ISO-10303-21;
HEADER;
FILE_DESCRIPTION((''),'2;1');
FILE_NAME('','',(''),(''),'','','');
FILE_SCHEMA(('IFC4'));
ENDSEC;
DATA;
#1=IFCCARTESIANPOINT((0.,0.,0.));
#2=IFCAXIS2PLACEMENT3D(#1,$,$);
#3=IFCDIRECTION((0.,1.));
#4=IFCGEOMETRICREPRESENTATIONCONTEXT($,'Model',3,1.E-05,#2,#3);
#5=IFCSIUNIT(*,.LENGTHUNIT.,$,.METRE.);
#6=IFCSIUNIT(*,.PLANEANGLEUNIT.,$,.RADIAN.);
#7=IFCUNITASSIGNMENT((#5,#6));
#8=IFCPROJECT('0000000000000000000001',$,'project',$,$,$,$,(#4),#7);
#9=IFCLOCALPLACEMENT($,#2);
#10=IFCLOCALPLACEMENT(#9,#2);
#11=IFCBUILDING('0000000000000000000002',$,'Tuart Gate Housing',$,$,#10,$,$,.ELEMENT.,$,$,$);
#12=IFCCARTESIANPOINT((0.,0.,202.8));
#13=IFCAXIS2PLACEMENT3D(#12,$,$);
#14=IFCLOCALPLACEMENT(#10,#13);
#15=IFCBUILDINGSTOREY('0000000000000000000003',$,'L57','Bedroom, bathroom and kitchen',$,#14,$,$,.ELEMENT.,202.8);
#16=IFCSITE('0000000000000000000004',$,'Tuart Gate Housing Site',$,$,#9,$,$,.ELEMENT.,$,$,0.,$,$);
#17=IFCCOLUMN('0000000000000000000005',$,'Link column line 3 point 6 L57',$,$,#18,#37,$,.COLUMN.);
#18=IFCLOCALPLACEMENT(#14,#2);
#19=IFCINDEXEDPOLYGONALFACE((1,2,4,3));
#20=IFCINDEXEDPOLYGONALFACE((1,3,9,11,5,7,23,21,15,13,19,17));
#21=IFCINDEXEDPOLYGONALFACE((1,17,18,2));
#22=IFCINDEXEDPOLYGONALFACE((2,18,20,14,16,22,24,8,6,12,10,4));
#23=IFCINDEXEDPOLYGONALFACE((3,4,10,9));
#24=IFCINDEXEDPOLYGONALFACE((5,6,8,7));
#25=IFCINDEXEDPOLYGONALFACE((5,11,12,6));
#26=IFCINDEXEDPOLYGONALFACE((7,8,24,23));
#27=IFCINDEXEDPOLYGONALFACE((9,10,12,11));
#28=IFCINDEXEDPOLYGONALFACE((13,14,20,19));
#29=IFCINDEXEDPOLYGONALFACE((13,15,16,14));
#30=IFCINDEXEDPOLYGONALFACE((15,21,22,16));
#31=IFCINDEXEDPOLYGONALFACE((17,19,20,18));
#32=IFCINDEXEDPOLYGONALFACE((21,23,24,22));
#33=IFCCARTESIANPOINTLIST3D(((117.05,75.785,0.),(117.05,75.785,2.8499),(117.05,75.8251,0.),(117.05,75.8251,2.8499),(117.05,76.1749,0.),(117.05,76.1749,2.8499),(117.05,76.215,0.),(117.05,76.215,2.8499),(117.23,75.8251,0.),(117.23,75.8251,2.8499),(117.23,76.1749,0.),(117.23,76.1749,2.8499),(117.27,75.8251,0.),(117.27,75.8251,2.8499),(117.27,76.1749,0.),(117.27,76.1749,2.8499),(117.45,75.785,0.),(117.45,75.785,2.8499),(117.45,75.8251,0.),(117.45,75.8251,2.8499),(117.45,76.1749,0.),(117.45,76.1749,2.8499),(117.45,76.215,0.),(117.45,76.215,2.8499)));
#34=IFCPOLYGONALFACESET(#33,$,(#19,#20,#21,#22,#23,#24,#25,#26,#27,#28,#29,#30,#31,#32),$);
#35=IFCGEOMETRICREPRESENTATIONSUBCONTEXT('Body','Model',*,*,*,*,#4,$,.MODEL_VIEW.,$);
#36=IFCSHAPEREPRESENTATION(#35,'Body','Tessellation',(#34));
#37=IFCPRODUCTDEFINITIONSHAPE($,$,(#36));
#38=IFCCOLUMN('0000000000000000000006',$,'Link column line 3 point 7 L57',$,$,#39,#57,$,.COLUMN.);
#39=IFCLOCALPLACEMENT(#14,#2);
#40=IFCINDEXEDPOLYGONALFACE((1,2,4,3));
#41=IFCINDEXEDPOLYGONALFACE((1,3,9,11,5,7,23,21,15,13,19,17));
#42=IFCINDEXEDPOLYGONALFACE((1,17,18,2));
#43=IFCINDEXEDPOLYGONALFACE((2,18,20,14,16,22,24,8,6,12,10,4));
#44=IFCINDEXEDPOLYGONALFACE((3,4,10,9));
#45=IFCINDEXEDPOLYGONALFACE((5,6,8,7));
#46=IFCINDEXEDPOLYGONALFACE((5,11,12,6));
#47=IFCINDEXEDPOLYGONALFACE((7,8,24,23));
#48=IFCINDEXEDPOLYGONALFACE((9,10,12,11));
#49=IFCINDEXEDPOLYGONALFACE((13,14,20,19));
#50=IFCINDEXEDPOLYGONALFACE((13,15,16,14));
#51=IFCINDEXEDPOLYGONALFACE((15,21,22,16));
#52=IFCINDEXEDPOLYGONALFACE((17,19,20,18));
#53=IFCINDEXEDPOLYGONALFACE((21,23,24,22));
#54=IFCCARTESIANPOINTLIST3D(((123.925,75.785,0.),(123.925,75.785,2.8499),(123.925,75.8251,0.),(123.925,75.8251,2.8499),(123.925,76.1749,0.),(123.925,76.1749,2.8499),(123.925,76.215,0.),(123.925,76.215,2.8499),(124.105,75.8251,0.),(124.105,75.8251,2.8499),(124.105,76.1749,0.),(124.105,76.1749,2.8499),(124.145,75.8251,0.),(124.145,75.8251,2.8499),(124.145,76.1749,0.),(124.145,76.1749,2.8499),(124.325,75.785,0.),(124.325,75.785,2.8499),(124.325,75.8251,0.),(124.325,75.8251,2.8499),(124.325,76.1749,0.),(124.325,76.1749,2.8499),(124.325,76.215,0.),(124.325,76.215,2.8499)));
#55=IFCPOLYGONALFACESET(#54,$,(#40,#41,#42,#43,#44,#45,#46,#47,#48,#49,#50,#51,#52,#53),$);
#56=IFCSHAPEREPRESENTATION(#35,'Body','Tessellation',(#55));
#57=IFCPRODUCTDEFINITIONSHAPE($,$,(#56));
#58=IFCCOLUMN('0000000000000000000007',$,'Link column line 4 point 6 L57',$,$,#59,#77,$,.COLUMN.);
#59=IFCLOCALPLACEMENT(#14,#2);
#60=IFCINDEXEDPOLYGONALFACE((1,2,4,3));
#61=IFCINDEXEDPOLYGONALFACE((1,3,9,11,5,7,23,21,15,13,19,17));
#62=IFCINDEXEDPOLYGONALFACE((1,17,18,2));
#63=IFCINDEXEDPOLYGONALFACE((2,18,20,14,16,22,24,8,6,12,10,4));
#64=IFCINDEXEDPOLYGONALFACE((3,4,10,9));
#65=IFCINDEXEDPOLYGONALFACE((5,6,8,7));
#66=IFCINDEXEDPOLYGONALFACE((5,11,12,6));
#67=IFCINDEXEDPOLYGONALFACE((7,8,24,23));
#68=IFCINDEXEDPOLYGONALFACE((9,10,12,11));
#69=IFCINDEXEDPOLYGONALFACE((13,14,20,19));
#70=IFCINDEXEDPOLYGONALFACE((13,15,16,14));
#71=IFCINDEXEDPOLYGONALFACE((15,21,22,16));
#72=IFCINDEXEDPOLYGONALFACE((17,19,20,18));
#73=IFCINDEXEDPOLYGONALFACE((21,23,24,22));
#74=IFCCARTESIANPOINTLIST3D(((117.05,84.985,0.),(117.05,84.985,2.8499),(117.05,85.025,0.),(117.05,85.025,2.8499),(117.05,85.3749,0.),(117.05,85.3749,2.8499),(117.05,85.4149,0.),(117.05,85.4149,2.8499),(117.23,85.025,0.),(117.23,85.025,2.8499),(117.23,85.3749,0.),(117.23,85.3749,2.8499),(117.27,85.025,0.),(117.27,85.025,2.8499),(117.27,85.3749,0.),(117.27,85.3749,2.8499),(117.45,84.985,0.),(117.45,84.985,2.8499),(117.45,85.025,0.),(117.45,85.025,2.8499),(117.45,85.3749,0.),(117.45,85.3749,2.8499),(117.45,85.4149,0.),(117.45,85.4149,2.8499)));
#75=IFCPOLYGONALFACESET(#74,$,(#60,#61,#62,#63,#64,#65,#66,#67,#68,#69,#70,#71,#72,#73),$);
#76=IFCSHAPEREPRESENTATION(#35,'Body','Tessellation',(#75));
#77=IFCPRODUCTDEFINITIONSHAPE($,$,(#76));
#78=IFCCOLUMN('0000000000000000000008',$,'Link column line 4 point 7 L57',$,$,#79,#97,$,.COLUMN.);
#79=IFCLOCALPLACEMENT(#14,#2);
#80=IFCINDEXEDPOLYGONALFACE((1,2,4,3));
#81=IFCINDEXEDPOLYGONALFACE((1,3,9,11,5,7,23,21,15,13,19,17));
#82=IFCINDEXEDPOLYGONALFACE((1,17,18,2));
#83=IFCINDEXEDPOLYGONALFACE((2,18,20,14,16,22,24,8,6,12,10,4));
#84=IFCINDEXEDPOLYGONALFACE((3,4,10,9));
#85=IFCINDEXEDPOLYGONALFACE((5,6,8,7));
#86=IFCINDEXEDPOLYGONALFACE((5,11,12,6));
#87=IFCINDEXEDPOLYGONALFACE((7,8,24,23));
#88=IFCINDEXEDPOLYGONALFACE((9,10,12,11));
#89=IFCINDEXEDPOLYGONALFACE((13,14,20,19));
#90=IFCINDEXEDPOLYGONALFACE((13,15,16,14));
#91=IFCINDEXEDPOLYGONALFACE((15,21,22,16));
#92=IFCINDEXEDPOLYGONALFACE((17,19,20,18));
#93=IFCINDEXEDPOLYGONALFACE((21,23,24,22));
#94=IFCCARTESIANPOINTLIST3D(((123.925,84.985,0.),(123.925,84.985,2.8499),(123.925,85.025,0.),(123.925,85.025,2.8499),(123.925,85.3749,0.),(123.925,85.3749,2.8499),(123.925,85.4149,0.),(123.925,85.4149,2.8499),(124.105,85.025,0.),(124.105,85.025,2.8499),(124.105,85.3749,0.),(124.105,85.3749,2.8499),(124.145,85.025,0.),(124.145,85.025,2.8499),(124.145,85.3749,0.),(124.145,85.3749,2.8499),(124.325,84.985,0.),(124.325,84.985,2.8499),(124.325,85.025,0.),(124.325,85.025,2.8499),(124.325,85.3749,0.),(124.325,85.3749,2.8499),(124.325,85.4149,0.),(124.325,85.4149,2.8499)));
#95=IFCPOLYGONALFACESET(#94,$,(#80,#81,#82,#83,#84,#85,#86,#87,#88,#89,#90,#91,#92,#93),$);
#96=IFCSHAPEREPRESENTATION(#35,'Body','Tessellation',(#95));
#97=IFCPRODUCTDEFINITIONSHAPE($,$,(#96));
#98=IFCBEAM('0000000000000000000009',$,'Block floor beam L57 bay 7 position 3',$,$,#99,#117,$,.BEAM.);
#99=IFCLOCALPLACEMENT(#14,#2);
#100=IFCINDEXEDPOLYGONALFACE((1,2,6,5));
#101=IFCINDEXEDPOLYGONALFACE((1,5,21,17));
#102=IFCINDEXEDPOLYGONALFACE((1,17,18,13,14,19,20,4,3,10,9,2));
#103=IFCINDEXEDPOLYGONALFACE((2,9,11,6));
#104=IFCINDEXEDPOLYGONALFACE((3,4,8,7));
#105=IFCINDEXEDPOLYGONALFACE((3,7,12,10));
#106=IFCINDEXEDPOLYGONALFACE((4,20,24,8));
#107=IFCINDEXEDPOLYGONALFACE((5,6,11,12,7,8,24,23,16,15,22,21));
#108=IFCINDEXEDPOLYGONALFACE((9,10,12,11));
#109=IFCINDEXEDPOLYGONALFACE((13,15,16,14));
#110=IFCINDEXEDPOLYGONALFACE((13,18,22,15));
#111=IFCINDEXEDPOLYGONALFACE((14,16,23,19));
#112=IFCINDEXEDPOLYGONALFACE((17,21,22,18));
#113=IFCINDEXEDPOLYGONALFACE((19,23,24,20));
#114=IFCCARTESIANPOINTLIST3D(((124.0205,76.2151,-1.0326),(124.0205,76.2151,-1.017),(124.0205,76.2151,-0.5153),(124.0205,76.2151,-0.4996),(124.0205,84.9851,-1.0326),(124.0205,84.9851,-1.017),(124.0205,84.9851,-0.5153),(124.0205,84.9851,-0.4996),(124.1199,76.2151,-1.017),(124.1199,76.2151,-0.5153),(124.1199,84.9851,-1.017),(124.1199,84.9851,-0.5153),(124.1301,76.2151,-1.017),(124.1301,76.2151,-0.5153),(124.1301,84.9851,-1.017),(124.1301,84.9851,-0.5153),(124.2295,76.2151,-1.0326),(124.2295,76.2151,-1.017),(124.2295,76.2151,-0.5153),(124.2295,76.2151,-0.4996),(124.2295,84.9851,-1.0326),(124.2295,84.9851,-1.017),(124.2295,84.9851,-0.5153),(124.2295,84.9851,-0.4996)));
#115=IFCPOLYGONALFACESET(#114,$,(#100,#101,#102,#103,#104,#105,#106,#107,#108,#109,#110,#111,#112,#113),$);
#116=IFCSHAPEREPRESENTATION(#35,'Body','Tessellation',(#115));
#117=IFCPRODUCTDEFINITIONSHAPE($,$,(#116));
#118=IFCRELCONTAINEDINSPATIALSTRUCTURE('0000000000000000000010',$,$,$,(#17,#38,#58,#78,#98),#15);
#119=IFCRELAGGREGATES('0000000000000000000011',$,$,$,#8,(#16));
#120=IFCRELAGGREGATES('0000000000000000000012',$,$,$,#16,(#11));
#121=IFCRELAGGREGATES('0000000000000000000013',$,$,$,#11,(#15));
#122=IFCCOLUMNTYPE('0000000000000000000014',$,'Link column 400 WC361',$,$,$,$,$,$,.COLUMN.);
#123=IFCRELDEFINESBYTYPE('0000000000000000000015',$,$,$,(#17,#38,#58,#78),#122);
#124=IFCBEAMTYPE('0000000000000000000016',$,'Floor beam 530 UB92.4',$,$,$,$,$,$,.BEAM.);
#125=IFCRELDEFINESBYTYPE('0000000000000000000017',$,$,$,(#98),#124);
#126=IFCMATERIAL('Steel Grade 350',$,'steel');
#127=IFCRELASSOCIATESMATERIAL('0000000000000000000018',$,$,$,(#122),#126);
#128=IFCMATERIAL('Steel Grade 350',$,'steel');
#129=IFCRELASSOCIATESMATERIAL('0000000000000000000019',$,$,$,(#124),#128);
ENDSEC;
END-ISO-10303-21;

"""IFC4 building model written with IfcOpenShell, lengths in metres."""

from ifc_helpers import new_model, si_unit, direction, frame, origin, origin_2d, place, context, subcontext, project, spatial, i_section, extrude, material, material_profile, profile_set, type_object, element, save


model = new_model("IFC4")

# Units and contexts
model_context = context("Model", 3, precision=1e-05, world=origin(), true_north=direction((0.0, 1.0)))
body_context = subcontext(model_context, "Body", "Model", "MODEL_VIEW")
ifc_project = project(units=[si_unit("LENGTHUNIT", "METRE"), si_unit("PLANEANGLEUNIT", "RADIAN")], contexts=[model_context])

# Site, building, storey
site_placement = place(None, origin())
site = spatial("IfcSite", under=ifc_project, at=site_placement, Name="Tuart Gate Housing Site", CompositionType="ELEMENT", RefElevation=0.0)
building_placement = place(site_placement, origin())
building = spatial("IfcBuilding", under=site, at=building_placement, Name="Tuart Gate Housing", CompositionType="ELEMENT")
storey_placement = place(building_placement, frame((0.0, 0.0, 202.8)))
storey = spatial("IfcBuildingStorey", under=building, at=storey_placement, Name="L57", Description="Bedroom, bathroom and kitchen", CompositionType="ELEMENT", Elevation=202.8)

# Columns
ifc_material_1 = material(Name="Steel Grade 350", Category="steel")
ifc_material_profile_1 = material_profile(ifc_material_1, i_section(OverallWidth=0.3999, OverallDepth=0.4299, WebThickness=0.04, FlangeThickness=0.04, at=origin_2d()), Name="400WC361")
ifc_profile_set_1 = profile_set([ifc_material_profile_1], Name="Steel Grade 350")
column_type = type_object("IfcColumnType", Name="Link column 400 WC361", PredefinedType="COLUMN", material=ifc_profile_set_1)
for number, where, z_axis, x_axis, name in (
    (1, (117.25, 76.0, 0.0), (0.0, 0.0, 1.0), (1.0, 0.0, 0.0), "Link column line 3 point 6 L57"),
    (2, (124.125, 76.0, 0.0), (0.0, 0.0, 1.0), (1.0, 0.0, 0.0), "Link column line 3 point 7 L57"),
    (3, (117.25, 85.2, 0.0), (0.0, 0.0, 1.0), (1.0, 0.0, 0.0), "Link column line 4 point 6 L57"),
    (4, (124.125, 85.2, 0.0), (0.0, 0.0, 1.0), (1.0, 0.0, 0.0), "Link column line 4 point 7 L57"),
):
    element("IfcColumn", number, at=place(storey_placement, frame(where, z_axis=z_axis, x_axis=x_axis)), inside=storey, type_object=column_type, Name=name, PredefinedType="COLUMN", context=body_context, shape_type="SweptSolid", body=[
        extrude(i_section(OverallWidth=0.3999, OverallDepth=0.4299, WebThickness=0.04, FlangeThickness=0.04, at=origin_2d()), origin(), (0.0, 0.0, 1.0), 2.8499),
    ])

# Beam
ifc_material_2 = material(Name="Steel Grade 350", Category="steel")
ifc_material_profile_2 = material_profile(ifc_material_2, i_section(OverallWidth=0.209, OverallDepth=0.533, WebThickness=0.0103, FlangeThickness=0.0156, at=origin_2d()), Name="530UB92.4")
ifc_profile_set_2 = profile_set([ifc_material_profile_2], Name="Steel Grade 350")
beam_type = type_object("IfcBeamType", Name="Floor beam 530 UB92.4", PredefinedType="BEAM", material=ifc_profile_set_2)
beam_placement = place(storey_placement, frame((124.125, 76.2151, -0.7661), z_axis=(0.0, 1.0, 0.0), x_axis=(-1.0, 0.0, 0.0)))
element("IfcBeam", 5, at=beam_placement, inside=storey, type_object=beam_type, Name="Block floor beam L57 bay 7 position 3", PredefinedType="BEAM", context=body_context, shape_type="SweptSolid", body=[
    extrude(i_section(OverallWidth=0.209, OverallDepth=0.533, WebThickness=0.0103, FlangeThickness=0.0156, at=origin_2d()), origin(), (0.0, 0.0, 1.0), 8.77),
])

save(model, "model.ifc")
